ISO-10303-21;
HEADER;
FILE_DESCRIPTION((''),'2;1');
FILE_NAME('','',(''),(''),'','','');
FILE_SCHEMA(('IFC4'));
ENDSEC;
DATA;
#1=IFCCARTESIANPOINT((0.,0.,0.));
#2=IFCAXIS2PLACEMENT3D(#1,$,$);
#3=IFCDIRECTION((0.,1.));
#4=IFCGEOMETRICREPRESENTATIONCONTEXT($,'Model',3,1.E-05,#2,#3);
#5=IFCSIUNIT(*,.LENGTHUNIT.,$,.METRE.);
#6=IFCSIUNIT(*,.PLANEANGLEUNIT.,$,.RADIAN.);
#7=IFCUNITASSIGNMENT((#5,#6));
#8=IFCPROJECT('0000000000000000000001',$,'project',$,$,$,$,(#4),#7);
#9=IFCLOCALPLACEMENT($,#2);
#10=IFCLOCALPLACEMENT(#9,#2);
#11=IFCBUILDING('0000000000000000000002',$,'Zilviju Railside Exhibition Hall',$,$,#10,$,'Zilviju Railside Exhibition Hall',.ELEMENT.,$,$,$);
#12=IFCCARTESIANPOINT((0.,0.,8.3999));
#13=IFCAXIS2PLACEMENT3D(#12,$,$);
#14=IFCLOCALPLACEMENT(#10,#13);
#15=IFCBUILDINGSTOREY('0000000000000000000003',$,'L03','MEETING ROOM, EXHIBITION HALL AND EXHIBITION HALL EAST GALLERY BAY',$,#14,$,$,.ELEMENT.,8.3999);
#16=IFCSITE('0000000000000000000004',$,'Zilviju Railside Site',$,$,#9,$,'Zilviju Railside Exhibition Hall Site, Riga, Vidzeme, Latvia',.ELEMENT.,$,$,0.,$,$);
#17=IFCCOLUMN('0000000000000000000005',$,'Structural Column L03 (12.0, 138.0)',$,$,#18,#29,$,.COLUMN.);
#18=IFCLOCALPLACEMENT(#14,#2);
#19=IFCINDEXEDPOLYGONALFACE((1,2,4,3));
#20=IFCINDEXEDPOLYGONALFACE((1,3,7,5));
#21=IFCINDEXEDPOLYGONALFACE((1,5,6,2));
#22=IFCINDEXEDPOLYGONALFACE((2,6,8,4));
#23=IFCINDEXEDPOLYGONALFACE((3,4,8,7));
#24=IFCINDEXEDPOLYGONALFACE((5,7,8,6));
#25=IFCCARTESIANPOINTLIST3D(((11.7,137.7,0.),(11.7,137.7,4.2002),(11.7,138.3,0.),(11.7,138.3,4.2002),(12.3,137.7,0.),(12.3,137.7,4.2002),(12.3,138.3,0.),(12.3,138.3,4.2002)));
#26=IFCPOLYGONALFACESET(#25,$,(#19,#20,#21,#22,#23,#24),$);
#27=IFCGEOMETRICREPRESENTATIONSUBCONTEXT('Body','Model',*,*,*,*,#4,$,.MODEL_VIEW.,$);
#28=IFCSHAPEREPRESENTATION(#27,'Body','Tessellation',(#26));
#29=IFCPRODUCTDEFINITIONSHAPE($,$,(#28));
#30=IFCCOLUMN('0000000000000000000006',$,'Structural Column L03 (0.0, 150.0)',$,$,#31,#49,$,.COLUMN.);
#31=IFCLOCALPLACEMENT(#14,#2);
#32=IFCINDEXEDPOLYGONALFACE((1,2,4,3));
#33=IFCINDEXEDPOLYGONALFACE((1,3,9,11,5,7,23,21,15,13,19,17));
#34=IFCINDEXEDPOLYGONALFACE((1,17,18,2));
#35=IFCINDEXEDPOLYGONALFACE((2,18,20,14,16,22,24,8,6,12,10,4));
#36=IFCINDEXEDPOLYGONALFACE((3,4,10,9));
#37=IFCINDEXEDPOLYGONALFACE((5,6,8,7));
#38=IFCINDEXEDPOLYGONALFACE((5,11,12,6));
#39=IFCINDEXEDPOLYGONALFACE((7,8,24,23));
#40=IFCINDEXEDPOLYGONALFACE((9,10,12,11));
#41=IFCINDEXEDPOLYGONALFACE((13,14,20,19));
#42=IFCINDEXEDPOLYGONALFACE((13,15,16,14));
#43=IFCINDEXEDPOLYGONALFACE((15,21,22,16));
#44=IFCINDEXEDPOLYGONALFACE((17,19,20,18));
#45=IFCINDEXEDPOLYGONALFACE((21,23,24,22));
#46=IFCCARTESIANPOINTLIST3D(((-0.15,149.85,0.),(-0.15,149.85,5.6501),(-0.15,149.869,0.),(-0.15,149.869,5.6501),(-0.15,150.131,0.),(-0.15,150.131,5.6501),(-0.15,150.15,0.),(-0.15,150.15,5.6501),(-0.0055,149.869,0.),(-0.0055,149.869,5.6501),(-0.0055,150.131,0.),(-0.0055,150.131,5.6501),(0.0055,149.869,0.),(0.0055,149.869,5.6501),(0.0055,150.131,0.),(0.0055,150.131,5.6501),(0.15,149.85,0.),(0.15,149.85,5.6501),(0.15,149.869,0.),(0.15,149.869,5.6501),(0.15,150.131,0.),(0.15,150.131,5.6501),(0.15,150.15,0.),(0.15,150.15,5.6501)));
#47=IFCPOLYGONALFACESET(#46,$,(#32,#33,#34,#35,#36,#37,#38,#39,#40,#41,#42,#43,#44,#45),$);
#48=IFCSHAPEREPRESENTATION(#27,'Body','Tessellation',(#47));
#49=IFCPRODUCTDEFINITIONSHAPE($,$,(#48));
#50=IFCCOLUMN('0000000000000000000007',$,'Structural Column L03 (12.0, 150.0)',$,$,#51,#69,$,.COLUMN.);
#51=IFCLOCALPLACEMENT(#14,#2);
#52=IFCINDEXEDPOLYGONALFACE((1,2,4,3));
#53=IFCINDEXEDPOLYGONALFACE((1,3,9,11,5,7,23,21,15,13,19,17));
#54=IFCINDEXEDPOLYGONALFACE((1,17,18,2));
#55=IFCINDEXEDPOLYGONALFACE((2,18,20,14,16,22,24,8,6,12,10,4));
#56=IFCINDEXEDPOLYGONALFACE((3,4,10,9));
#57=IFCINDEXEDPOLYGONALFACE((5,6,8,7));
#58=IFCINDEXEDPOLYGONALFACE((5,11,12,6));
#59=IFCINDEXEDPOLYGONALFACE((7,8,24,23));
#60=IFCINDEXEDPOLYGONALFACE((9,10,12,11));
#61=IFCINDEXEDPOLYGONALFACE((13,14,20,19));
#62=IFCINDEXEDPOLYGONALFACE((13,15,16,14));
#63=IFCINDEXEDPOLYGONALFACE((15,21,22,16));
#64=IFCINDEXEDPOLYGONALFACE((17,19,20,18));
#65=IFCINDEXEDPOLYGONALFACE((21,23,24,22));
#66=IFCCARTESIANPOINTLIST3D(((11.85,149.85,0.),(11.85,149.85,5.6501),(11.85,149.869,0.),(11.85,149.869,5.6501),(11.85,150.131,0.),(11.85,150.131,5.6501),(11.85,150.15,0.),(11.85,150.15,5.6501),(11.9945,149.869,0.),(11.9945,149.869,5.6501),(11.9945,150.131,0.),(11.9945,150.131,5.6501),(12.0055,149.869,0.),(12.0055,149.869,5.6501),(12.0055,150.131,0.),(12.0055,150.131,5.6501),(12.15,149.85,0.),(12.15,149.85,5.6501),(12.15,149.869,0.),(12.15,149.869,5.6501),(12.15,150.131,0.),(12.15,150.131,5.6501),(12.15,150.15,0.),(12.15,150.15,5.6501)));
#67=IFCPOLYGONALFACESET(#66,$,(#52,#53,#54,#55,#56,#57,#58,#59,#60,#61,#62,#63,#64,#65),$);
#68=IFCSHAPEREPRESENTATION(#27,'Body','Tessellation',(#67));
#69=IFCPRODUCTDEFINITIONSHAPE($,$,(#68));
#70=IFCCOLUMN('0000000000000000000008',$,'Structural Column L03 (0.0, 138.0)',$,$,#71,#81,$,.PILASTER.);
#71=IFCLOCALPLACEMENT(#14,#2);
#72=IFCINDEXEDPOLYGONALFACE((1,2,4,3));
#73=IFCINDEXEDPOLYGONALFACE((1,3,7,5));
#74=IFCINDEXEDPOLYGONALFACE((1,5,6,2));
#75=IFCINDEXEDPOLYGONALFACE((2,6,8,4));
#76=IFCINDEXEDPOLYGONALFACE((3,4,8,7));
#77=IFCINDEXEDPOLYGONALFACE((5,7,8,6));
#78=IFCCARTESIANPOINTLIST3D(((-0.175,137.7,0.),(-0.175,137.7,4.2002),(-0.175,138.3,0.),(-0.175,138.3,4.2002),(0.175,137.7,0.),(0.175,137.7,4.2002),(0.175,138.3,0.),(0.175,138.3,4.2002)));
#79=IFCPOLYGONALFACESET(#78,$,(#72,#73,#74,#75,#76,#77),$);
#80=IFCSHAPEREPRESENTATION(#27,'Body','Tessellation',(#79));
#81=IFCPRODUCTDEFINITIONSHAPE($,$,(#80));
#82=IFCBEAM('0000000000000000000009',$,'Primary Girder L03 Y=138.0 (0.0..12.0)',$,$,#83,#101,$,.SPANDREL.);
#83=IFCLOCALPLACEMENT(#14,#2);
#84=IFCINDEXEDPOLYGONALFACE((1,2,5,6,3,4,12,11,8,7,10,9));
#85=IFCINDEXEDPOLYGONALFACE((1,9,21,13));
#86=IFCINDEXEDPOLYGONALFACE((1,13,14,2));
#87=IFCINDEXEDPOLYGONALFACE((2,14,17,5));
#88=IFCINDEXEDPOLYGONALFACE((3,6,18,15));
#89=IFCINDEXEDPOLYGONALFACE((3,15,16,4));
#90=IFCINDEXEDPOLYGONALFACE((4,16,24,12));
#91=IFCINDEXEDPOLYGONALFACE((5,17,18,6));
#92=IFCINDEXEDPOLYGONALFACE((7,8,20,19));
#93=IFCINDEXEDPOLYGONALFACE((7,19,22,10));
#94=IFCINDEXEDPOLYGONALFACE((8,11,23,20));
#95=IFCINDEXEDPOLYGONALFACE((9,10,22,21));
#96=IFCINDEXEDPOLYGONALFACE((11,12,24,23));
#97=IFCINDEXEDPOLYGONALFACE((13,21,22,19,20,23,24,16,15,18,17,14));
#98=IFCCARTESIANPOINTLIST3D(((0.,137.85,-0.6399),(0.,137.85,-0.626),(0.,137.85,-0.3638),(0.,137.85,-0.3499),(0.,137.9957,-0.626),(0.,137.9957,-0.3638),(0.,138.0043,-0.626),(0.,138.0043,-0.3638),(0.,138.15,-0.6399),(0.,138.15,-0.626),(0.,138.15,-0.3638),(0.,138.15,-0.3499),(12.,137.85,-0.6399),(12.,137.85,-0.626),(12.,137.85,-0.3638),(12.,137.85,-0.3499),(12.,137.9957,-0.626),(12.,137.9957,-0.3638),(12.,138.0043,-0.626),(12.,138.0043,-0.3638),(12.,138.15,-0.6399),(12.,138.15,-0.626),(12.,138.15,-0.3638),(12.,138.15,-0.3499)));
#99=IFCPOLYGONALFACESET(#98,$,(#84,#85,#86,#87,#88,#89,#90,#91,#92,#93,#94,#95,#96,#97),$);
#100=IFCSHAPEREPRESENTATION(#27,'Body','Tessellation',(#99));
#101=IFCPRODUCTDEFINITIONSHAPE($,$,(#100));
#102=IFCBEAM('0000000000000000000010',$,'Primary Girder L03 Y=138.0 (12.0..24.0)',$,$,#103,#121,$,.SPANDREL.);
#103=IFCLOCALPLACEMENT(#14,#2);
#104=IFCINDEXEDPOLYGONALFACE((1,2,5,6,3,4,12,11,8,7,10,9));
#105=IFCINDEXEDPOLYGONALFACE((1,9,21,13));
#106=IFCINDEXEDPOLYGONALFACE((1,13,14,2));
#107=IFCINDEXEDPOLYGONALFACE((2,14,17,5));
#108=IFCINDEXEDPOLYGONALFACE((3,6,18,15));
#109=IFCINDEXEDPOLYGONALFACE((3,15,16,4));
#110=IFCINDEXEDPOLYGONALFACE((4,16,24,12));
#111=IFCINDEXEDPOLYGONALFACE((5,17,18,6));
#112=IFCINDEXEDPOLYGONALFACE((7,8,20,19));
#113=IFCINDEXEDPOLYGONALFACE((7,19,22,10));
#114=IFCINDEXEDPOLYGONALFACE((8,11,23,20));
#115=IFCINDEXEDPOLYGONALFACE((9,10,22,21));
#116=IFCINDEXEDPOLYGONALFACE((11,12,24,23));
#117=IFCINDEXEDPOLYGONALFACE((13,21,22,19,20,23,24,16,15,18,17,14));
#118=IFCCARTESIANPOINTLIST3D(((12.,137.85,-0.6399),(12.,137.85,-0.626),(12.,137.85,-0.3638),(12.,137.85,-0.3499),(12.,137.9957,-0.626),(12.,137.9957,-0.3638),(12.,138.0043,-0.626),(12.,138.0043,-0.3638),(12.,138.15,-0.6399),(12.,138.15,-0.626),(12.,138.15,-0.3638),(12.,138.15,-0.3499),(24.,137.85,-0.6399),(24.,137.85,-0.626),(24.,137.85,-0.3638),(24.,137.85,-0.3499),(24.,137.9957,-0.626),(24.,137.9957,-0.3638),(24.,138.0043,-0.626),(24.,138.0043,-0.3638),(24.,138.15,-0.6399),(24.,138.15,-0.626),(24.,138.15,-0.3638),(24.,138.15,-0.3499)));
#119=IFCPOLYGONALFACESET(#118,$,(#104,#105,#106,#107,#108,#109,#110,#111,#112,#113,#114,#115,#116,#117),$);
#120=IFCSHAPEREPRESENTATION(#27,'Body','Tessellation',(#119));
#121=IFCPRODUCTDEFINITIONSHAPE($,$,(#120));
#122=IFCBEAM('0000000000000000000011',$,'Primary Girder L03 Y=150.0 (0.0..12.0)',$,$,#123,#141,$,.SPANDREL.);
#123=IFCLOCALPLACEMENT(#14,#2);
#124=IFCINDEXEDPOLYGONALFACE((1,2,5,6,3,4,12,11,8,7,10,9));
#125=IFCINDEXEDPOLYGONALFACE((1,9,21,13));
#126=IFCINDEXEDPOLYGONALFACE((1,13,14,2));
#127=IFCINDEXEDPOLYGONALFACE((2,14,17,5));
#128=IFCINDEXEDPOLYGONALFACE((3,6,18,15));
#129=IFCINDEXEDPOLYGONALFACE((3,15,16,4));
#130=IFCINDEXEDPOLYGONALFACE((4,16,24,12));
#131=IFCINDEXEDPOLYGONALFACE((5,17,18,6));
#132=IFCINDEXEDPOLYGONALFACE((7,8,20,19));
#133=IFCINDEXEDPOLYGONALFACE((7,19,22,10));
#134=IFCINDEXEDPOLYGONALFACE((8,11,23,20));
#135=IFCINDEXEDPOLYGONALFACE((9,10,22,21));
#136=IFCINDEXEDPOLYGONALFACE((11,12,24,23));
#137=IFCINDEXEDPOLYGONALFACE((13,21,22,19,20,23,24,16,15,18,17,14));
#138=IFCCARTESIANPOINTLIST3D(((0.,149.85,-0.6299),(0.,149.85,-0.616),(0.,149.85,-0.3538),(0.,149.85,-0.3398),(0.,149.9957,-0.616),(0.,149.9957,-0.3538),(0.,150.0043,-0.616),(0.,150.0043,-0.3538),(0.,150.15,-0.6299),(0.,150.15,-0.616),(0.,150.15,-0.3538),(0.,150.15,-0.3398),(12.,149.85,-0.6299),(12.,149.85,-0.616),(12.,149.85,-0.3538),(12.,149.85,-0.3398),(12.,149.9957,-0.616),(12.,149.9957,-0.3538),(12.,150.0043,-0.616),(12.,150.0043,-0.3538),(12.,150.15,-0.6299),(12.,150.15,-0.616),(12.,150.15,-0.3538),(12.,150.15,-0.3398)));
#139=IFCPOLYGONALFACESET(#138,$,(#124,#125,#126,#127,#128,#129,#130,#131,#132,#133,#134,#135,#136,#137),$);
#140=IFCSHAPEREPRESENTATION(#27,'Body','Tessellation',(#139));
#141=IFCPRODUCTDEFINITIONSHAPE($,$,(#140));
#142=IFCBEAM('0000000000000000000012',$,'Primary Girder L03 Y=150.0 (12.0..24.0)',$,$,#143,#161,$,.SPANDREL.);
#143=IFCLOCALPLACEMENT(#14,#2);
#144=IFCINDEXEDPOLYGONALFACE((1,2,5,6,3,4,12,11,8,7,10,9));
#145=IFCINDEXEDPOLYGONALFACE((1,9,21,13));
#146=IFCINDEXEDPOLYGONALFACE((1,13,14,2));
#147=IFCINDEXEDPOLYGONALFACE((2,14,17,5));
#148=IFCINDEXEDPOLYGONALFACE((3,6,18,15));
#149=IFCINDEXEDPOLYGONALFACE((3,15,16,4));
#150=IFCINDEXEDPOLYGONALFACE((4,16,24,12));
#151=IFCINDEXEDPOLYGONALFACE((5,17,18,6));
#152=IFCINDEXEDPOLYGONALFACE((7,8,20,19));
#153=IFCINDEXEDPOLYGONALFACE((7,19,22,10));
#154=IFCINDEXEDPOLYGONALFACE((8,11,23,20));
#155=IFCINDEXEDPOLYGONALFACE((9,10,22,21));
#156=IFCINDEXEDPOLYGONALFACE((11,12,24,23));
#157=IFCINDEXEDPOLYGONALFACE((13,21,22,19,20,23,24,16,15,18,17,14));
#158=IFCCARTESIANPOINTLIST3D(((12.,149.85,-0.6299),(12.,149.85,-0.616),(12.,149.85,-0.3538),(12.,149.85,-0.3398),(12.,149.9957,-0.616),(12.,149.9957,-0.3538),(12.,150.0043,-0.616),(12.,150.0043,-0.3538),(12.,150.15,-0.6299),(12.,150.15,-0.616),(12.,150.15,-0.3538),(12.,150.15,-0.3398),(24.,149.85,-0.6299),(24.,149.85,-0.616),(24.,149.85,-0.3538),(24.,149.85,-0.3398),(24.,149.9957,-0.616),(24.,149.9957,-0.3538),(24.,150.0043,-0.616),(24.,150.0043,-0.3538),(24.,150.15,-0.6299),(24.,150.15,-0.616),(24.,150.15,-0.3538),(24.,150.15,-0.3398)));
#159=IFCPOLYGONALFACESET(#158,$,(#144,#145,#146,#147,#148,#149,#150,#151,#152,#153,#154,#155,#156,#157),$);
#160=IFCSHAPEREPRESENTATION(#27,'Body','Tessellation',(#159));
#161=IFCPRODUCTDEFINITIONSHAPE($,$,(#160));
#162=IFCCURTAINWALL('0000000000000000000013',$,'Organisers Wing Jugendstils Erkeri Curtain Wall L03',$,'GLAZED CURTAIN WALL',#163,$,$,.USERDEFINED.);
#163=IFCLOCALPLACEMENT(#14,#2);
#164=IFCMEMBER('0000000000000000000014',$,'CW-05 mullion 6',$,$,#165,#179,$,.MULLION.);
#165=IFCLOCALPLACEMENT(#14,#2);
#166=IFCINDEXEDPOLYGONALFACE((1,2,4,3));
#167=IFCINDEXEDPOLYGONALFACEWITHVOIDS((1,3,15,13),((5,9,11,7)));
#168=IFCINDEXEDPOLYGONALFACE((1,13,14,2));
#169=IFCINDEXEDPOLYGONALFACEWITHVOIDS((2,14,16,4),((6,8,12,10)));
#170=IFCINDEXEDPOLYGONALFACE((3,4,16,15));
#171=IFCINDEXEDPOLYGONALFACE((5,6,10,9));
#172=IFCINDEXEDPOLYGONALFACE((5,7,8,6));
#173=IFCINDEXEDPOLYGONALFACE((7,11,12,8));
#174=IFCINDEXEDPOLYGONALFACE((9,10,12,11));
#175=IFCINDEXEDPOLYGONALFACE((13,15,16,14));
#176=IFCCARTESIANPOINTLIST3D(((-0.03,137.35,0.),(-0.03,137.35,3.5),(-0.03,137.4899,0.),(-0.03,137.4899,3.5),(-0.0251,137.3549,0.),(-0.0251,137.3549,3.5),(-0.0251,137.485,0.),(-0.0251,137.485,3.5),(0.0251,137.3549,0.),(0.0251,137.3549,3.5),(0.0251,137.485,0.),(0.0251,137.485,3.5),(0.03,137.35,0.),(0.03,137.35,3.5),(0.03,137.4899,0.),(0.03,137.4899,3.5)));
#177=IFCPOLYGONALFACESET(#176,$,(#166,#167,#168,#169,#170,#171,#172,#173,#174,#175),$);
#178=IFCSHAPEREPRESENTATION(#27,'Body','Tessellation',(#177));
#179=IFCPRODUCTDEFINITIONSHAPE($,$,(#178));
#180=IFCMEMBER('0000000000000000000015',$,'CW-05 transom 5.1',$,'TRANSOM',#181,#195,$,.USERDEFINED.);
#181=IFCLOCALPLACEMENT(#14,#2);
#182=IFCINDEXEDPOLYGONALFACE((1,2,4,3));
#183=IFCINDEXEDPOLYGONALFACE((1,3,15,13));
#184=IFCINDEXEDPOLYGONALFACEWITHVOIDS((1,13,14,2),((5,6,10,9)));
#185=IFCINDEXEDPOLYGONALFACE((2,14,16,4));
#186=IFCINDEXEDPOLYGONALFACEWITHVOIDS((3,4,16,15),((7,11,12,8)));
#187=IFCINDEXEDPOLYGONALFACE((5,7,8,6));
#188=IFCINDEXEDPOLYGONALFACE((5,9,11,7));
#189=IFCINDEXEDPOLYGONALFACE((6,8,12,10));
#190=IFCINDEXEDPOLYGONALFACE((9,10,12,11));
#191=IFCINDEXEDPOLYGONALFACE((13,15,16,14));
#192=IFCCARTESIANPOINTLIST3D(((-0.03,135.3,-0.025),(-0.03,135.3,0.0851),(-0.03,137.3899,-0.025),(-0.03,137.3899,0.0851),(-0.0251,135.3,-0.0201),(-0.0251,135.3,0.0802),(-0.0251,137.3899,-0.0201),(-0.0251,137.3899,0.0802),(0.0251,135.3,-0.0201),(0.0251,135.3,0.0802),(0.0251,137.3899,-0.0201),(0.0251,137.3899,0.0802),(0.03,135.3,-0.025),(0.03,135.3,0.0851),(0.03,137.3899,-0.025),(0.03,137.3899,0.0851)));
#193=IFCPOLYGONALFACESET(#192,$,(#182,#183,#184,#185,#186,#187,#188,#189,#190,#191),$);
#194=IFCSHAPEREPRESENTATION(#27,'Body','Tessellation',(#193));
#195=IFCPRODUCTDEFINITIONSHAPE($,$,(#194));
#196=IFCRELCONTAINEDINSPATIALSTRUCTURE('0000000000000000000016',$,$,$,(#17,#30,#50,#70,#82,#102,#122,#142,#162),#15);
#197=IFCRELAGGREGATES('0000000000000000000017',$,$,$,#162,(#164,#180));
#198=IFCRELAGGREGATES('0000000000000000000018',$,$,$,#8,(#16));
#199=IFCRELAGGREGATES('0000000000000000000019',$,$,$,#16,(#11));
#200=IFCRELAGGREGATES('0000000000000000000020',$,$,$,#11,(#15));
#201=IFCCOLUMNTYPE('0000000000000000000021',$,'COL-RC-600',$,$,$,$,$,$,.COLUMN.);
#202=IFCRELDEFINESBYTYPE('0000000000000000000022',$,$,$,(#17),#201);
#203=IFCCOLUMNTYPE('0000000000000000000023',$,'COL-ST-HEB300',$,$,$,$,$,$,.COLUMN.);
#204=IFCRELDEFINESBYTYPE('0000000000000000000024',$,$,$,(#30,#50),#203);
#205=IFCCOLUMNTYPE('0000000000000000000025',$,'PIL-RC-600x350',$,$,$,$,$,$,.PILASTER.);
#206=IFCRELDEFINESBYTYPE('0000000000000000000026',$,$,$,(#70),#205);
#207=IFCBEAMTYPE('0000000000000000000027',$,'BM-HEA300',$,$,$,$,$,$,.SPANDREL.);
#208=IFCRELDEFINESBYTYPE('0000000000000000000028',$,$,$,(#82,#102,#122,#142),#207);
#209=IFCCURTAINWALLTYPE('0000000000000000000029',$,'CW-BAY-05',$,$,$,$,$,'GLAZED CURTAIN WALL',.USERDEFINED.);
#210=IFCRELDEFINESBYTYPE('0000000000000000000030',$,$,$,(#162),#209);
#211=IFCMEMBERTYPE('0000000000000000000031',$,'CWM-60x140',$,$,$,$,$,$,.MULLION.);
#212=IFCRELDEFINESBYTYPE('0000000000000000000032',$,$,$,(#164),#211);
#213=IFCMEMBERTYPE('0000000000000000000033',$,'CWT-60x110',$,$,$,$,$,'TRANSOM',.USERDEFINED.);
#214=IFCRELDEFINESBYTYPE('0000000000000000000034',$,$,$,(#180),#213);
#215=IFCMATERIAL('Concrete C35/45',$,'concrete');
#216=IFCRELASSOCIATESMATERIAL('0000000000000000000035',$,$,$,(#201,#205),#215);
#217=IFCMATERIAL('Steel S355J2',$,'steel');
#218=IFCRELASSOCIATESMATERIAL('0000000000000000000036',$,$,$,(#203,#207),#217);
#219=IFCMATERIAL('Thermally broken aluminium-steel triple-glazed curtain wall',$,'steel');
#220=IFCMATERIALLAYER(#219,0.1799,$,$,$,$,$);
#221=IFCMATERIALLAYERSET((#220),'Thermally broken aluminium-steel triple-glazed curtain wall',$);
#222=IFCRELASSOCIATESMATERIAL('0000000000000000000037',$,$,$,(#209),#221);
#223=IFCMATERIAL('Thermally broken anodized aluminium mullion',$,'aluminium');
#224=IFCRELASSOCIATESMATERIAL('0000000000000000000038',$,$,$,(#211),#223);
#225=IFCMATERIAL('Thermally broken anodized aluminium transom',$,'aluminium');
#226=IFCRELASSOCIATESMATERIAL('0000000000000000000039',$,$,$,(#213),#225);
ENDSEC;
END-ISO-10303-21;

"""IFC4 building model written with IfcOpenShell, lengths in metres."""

from ifc_helpers import new_model, si_unit, direction, frame, origin, origin_2d, place, context, subcontext, project, spatial, rectangle, hollow_rectangle, i_section, extrude, material, layer, layer_set, material_profile, profile_set, type_object, element, aggregate, save


model = new_model("IFC4")

# Units and contexts
model_context = context("Model", 3, precision=1e-05, world=origin(), true_north=direction((0.0, 1.0)))
body_context = subcontext(model_context, "Body", "Model", "MODEL_VIEW")
ifc_project = project(units=[si_unit("LENGTHUNIT", "METRE"), si_unit("PLANEANGLEUNIT", "RADIAN")], contexts=[model_context])

# Site, building, storey
site_placement = place(None, origin())
site = spatial("IfcSite", under=ifc_project, at=site_placement, Name="Zilviju Railside Site", LongName="Zilviju Railside Exhibition Hall Site, Riga, Vidzeme, Latvia", CompositionType="ELEMENT", RefElevation=0.0)
building_placement = place(site_placement, origin())
building = spatial("IfcBuilding", under=site, at=building_placement, Name="Zilviju Railside Exhibition Hall", LongName="Zilviju Railside Exhibition Hall", CompositionType="ELEMENT")
storey_placement = place(building_placement, frame((0.0, 0.0, 8.3999)))
storey = spatial("IfcBuildingStorey", under=building, at=storey_placement, Name="L03", Description="MEETING ROOM, EXHIBITION HALL AND EXHIBITION HALL EAST GALLERY BAY", CompositionType="ELEMENT", Elevation=8.3999)

# Columns
ifc_material_1 = material(Name="Concrete C35/45", Category="concrete")
ifc_material_profile_1 = material_profile(ifc_material_1, rectangle(XDim=0.6001, YDim=0.6001, at=origin_2d()), Name="RC COL 600x600")
ifc_profile_set_1 = profile_set([ifc_material_profile_1], Name="Concrete C35/45")
column_type_1 = type_object("IfcColumnType", Name="COL-RC-600", PredefinedType="COLUMN", material=ifc_profile_set_1)
column_1_placement = place(storey_placement, frame((12.0, 138.0, 0.0), z_axis=(0.0, 0.0, 1.0), x_axis=(1.0, 0.0, 0.0)))
element("IfcColumn", 1, at=column_1_placement, inside=storey, type_object=column_type_1, Name="Structural Column L03 (12.0, 138.0)", PredefinedType="COLUMN", context=body_context, shape_type="SweptSolid", body=[
    extrude(rectangle(XDim=0.6001, YDim=0.6001, at=origin_2d()), origin(), (0.0, 0.0, 1.0), 4.2002),
])
ifc_material_2 = material(Name="Steel S355J2", Category="steel")
ifc_material_profile_2 = material_profile(ifc_material_2, i_section(OverallWidth=0.3, OverallDepth=0.3, WebThickness=0.011, FlangeThickness=0.019, at=origin_2d()), Name="HEB 300")
ifc_profile_set_2 = profile_set([ifc_material_profile_2], Name="Steel S355J2")
column_type_2 = type_object("IfcColumnType", Name="COL-ST-HEB300", PredefinedType="COLUMN", material=ifc_profile_set_2)
for number, where, z_axis, x_axis, name in (
    (2, (0.0, 150.0, 0.0), (0.0, 0.0, 1.0), (1.0, 0.0, 0.0), "Structural Column L03 (0.0, 150.0)"),
    (3, (12.0, 150.0, 0.0), (0.0, 0.0, 1.0), (1.0, 0.0, 0.0), "Structural Column L03 (12.0, 150.0)"),
):
    element("IfcColumn", number, at=place(storey_placement, frame(where, z_axis=z_axis, x_axis=x_axis)), inside=storey, type_object=column_type_2, Name=name, PredefinedType="COLUMN", context=body_context, shape_type="SweptSolid", body=[
        extrude(i_section(OverallWidth=0.3, OverallDepth=0.3, WebThickness=0.011, FlangeThickness=0.019, at=origin_2d()), origin(), (0.0, 0.0, 1.0), 5.6501),
    ])
ifc_material_profile_3 = material_profile(ifc_material_1, rectangle(XDim=0.3501, YDim=0.6001, at=origin_2d()), Name="RC COL 350x600")
ifc_profile_set_3 = profile_set([ifc_material_profile_3], Name="Concrete C35/45")
column_type_3 = type_object("IfcColumnType", Name="PIL-RC-600x350", PredefinedType="PILASTER", material=ifc_profile_set_3)
column_2_placement = place(storey_placement, frame((0.0, 138.0, 0.0), z_axis=(0.0, 0.0, 1.0), x_axis=(1.0, 0.0, 0.0)))
element("IfcColumn", 4, at=column_2_placement, inside=storey, type_object=column_type_3, Name="Structural Column L03 (0.0, 138.0)", PredefinedType="PILASTER", context=body_context, shape_type="SweptSolid", body=[
    extrude(rectangle(XDim=0.3501, YDim=0.6001, at=origin_2d()), origin(), (0.0, 0.0, 1.0), 4.2002),
])

# Beams
ifc_material_profile_4 = material_profile(ifc_material_2, i_section(OverallWidth=0.3, OverallDepth=0.29, WebThickness=0.0085, FlangeThickness=0.0139, at=origin_2d()), Name="HEA 300")
ifc_profile_set_4 = profile_set([ifc_material_profile_4], Name="Steel S355J2")
beam_type = type_object("IfcBeamType", Name="BM-HEA300", PredefinedType="SPANDREL", material=ifc_profile_set_4)
for number, where, z_axis, x_axis, name in (
    (5, (0.0, 138.0, -0.4949), (1.0, 0.0, 0.0), (0.0, 1.0, 0.0), "Primary Girder L03 Y=138.0 (0.0..12.0)"),
    (6, (12.0, 138.0, -0.4949), (1.0, 0.0, 0.0), (0.0, 1.0, 0.0), "Primary Girder L03 Y=138.0 (12.0..24.0)"),
    (7, (0.0, 150.0, -0.4849), (1.0, 0.0, 0.0), (0.0, 1.0, 0.0), "Primary Girder L03 Y=150.0 (0.0..12.0)"),
    (8, (12.0, 150.0, -0.4849), (1.0, 0.0, 0.0), (0.0, 1.0, 0.0), "Primary Girder L03 Y=150.0 (12.0..24.0)"),
):
    element("IfcBeam", number, at=place(storey_placement, frame(where, z_axis=z_axis, x_axis=x_axis)), inside=storey, type_object=beam_type, Name=name, PredefinedType="SPANDREL", context=body_context, shape_type="SweptSolid", body=[
        extrude(i_section(OverallWidth=0.3, OverallDepth=0.29, WebThickness=0.0085, FlangeThickness=0.0139, at=origin_2d()), origin(), (0.0, 0.0, 1.0), 12.0),
    ])

# Curtain wall, members
ifc_material_3 = material(Name="Thermally broken aluminium-steel triple-glazed curtain wall", Category="steel")
ifc_layer_1 = layer(ifc_material_3, 0.1799)
ifc_layer_set_1 = layer_set([ifc_layer_1], Name="Thermally broken aluminium-steel triple-glazed curtain wall")
curtain_wall_type = type_object("IfcCurtainWallType", Name="CW-BAY-05", ElementType="GLAZED CURTAIN WALL", PredefinedType="USERDEFINED", material=ifc_layer_set_1)
curtain_wall_placement = place(storey_placement, origin())
curtain_wall = element("IfcCurtainWall", 9, at=curtain_wall_placement, inside=storey, type_object=curtain_wall_type, Name="Organisers Wing Jugendstils Erkeri Curtain Wall L03", ObjectType="GLAZED CURTAIN WALL", PredefinedType="USERDEFINED")
ifc_material_4 = material(Name="Thermally broken anodized aluminium mullion", Category="aluminium")
ifc_material_profile_5 = material_profile(ifc_material_4, hollow_rectangle(XDim=0.0601, YDim=0.1399, WallThickness=0.0049, at=origin_2d()), Name="MULLION 140x60x5")
ifc_profile_set_5 = profile_set([ifc_material_profile_5], Name="Thermally broken anodized aluminium mullion")
member_type_1 = type_object("IfcMemberType", Name="CWM-60x140", PredefinedType="MULLION", material=ifc_profile_set_5)
member_1_placement = place(storey_placement, frame((0.0, 137.4199, 0.0), z_axis=(0.0, 0.0, 1.0), x_axis=(-1.0, 0.0, 0.0)))
member_1 = element("IfcMember", 10, at=member_1_placement, type_object=member_type_1, Name="CW-05 mullion 6", PredefinedType="MULLION", context=body_context, shape_type="SweptSolid", body=[
    extrude(hollow_rectangle(XDim=0.0601, YDim=0.1399, WallThickness=0.0049, at=origin_2d()), origin(), (0.0, 0.0, 1.0), 3.5),
])
ifc_material_5 = material(Name="Thermally broken anodized aluminium transom", Category="aluminium")
ifc_material_profile_6 = material_profile(ifc_material_5, hollow_rectangle(XDim=0.0601, YDim=0.1101, WallThickness=0.0049, at=origin_2d()), Name="TRANSOM 110x60x5")
ifc_profile_set_6 = profile_set([ifc_material_profile_6], Name="Thermally broken anodized aluminium transom")
member_type_2 = type_object("IfcMemberType", Name="CWT-60x110", ElementType="TRANSOM", PredefinedType="USERDEFINED", material=ifc_profile_set_6)
member_2_placement = place(storey_placement, frame((0.0, 135.3, 0.03), z_axis=(0.0, 1.0, 0.0), x_axis=(-1.0, 0.0, 0.0)))
member_2 = element("IfcMember", 11, at=member_2_placement, type_object=member_type_2, Name="CW-05 transom 5.1", ObjectType="TRANSOM", PredefinedType="USERDEFINED", context=body_context, shape_type="SweptSolid", body=[
    extrude(hollow_rectangle(XDim=0.0601, YDim=0.1101, WallThickness=0.0049, at=origin_2d()), origin(), (0.0, 0.0, 1.0), 2.0898),
])
aggregate(curtain_wall, [member_1, member_2])

save(model, "model.ifc")
